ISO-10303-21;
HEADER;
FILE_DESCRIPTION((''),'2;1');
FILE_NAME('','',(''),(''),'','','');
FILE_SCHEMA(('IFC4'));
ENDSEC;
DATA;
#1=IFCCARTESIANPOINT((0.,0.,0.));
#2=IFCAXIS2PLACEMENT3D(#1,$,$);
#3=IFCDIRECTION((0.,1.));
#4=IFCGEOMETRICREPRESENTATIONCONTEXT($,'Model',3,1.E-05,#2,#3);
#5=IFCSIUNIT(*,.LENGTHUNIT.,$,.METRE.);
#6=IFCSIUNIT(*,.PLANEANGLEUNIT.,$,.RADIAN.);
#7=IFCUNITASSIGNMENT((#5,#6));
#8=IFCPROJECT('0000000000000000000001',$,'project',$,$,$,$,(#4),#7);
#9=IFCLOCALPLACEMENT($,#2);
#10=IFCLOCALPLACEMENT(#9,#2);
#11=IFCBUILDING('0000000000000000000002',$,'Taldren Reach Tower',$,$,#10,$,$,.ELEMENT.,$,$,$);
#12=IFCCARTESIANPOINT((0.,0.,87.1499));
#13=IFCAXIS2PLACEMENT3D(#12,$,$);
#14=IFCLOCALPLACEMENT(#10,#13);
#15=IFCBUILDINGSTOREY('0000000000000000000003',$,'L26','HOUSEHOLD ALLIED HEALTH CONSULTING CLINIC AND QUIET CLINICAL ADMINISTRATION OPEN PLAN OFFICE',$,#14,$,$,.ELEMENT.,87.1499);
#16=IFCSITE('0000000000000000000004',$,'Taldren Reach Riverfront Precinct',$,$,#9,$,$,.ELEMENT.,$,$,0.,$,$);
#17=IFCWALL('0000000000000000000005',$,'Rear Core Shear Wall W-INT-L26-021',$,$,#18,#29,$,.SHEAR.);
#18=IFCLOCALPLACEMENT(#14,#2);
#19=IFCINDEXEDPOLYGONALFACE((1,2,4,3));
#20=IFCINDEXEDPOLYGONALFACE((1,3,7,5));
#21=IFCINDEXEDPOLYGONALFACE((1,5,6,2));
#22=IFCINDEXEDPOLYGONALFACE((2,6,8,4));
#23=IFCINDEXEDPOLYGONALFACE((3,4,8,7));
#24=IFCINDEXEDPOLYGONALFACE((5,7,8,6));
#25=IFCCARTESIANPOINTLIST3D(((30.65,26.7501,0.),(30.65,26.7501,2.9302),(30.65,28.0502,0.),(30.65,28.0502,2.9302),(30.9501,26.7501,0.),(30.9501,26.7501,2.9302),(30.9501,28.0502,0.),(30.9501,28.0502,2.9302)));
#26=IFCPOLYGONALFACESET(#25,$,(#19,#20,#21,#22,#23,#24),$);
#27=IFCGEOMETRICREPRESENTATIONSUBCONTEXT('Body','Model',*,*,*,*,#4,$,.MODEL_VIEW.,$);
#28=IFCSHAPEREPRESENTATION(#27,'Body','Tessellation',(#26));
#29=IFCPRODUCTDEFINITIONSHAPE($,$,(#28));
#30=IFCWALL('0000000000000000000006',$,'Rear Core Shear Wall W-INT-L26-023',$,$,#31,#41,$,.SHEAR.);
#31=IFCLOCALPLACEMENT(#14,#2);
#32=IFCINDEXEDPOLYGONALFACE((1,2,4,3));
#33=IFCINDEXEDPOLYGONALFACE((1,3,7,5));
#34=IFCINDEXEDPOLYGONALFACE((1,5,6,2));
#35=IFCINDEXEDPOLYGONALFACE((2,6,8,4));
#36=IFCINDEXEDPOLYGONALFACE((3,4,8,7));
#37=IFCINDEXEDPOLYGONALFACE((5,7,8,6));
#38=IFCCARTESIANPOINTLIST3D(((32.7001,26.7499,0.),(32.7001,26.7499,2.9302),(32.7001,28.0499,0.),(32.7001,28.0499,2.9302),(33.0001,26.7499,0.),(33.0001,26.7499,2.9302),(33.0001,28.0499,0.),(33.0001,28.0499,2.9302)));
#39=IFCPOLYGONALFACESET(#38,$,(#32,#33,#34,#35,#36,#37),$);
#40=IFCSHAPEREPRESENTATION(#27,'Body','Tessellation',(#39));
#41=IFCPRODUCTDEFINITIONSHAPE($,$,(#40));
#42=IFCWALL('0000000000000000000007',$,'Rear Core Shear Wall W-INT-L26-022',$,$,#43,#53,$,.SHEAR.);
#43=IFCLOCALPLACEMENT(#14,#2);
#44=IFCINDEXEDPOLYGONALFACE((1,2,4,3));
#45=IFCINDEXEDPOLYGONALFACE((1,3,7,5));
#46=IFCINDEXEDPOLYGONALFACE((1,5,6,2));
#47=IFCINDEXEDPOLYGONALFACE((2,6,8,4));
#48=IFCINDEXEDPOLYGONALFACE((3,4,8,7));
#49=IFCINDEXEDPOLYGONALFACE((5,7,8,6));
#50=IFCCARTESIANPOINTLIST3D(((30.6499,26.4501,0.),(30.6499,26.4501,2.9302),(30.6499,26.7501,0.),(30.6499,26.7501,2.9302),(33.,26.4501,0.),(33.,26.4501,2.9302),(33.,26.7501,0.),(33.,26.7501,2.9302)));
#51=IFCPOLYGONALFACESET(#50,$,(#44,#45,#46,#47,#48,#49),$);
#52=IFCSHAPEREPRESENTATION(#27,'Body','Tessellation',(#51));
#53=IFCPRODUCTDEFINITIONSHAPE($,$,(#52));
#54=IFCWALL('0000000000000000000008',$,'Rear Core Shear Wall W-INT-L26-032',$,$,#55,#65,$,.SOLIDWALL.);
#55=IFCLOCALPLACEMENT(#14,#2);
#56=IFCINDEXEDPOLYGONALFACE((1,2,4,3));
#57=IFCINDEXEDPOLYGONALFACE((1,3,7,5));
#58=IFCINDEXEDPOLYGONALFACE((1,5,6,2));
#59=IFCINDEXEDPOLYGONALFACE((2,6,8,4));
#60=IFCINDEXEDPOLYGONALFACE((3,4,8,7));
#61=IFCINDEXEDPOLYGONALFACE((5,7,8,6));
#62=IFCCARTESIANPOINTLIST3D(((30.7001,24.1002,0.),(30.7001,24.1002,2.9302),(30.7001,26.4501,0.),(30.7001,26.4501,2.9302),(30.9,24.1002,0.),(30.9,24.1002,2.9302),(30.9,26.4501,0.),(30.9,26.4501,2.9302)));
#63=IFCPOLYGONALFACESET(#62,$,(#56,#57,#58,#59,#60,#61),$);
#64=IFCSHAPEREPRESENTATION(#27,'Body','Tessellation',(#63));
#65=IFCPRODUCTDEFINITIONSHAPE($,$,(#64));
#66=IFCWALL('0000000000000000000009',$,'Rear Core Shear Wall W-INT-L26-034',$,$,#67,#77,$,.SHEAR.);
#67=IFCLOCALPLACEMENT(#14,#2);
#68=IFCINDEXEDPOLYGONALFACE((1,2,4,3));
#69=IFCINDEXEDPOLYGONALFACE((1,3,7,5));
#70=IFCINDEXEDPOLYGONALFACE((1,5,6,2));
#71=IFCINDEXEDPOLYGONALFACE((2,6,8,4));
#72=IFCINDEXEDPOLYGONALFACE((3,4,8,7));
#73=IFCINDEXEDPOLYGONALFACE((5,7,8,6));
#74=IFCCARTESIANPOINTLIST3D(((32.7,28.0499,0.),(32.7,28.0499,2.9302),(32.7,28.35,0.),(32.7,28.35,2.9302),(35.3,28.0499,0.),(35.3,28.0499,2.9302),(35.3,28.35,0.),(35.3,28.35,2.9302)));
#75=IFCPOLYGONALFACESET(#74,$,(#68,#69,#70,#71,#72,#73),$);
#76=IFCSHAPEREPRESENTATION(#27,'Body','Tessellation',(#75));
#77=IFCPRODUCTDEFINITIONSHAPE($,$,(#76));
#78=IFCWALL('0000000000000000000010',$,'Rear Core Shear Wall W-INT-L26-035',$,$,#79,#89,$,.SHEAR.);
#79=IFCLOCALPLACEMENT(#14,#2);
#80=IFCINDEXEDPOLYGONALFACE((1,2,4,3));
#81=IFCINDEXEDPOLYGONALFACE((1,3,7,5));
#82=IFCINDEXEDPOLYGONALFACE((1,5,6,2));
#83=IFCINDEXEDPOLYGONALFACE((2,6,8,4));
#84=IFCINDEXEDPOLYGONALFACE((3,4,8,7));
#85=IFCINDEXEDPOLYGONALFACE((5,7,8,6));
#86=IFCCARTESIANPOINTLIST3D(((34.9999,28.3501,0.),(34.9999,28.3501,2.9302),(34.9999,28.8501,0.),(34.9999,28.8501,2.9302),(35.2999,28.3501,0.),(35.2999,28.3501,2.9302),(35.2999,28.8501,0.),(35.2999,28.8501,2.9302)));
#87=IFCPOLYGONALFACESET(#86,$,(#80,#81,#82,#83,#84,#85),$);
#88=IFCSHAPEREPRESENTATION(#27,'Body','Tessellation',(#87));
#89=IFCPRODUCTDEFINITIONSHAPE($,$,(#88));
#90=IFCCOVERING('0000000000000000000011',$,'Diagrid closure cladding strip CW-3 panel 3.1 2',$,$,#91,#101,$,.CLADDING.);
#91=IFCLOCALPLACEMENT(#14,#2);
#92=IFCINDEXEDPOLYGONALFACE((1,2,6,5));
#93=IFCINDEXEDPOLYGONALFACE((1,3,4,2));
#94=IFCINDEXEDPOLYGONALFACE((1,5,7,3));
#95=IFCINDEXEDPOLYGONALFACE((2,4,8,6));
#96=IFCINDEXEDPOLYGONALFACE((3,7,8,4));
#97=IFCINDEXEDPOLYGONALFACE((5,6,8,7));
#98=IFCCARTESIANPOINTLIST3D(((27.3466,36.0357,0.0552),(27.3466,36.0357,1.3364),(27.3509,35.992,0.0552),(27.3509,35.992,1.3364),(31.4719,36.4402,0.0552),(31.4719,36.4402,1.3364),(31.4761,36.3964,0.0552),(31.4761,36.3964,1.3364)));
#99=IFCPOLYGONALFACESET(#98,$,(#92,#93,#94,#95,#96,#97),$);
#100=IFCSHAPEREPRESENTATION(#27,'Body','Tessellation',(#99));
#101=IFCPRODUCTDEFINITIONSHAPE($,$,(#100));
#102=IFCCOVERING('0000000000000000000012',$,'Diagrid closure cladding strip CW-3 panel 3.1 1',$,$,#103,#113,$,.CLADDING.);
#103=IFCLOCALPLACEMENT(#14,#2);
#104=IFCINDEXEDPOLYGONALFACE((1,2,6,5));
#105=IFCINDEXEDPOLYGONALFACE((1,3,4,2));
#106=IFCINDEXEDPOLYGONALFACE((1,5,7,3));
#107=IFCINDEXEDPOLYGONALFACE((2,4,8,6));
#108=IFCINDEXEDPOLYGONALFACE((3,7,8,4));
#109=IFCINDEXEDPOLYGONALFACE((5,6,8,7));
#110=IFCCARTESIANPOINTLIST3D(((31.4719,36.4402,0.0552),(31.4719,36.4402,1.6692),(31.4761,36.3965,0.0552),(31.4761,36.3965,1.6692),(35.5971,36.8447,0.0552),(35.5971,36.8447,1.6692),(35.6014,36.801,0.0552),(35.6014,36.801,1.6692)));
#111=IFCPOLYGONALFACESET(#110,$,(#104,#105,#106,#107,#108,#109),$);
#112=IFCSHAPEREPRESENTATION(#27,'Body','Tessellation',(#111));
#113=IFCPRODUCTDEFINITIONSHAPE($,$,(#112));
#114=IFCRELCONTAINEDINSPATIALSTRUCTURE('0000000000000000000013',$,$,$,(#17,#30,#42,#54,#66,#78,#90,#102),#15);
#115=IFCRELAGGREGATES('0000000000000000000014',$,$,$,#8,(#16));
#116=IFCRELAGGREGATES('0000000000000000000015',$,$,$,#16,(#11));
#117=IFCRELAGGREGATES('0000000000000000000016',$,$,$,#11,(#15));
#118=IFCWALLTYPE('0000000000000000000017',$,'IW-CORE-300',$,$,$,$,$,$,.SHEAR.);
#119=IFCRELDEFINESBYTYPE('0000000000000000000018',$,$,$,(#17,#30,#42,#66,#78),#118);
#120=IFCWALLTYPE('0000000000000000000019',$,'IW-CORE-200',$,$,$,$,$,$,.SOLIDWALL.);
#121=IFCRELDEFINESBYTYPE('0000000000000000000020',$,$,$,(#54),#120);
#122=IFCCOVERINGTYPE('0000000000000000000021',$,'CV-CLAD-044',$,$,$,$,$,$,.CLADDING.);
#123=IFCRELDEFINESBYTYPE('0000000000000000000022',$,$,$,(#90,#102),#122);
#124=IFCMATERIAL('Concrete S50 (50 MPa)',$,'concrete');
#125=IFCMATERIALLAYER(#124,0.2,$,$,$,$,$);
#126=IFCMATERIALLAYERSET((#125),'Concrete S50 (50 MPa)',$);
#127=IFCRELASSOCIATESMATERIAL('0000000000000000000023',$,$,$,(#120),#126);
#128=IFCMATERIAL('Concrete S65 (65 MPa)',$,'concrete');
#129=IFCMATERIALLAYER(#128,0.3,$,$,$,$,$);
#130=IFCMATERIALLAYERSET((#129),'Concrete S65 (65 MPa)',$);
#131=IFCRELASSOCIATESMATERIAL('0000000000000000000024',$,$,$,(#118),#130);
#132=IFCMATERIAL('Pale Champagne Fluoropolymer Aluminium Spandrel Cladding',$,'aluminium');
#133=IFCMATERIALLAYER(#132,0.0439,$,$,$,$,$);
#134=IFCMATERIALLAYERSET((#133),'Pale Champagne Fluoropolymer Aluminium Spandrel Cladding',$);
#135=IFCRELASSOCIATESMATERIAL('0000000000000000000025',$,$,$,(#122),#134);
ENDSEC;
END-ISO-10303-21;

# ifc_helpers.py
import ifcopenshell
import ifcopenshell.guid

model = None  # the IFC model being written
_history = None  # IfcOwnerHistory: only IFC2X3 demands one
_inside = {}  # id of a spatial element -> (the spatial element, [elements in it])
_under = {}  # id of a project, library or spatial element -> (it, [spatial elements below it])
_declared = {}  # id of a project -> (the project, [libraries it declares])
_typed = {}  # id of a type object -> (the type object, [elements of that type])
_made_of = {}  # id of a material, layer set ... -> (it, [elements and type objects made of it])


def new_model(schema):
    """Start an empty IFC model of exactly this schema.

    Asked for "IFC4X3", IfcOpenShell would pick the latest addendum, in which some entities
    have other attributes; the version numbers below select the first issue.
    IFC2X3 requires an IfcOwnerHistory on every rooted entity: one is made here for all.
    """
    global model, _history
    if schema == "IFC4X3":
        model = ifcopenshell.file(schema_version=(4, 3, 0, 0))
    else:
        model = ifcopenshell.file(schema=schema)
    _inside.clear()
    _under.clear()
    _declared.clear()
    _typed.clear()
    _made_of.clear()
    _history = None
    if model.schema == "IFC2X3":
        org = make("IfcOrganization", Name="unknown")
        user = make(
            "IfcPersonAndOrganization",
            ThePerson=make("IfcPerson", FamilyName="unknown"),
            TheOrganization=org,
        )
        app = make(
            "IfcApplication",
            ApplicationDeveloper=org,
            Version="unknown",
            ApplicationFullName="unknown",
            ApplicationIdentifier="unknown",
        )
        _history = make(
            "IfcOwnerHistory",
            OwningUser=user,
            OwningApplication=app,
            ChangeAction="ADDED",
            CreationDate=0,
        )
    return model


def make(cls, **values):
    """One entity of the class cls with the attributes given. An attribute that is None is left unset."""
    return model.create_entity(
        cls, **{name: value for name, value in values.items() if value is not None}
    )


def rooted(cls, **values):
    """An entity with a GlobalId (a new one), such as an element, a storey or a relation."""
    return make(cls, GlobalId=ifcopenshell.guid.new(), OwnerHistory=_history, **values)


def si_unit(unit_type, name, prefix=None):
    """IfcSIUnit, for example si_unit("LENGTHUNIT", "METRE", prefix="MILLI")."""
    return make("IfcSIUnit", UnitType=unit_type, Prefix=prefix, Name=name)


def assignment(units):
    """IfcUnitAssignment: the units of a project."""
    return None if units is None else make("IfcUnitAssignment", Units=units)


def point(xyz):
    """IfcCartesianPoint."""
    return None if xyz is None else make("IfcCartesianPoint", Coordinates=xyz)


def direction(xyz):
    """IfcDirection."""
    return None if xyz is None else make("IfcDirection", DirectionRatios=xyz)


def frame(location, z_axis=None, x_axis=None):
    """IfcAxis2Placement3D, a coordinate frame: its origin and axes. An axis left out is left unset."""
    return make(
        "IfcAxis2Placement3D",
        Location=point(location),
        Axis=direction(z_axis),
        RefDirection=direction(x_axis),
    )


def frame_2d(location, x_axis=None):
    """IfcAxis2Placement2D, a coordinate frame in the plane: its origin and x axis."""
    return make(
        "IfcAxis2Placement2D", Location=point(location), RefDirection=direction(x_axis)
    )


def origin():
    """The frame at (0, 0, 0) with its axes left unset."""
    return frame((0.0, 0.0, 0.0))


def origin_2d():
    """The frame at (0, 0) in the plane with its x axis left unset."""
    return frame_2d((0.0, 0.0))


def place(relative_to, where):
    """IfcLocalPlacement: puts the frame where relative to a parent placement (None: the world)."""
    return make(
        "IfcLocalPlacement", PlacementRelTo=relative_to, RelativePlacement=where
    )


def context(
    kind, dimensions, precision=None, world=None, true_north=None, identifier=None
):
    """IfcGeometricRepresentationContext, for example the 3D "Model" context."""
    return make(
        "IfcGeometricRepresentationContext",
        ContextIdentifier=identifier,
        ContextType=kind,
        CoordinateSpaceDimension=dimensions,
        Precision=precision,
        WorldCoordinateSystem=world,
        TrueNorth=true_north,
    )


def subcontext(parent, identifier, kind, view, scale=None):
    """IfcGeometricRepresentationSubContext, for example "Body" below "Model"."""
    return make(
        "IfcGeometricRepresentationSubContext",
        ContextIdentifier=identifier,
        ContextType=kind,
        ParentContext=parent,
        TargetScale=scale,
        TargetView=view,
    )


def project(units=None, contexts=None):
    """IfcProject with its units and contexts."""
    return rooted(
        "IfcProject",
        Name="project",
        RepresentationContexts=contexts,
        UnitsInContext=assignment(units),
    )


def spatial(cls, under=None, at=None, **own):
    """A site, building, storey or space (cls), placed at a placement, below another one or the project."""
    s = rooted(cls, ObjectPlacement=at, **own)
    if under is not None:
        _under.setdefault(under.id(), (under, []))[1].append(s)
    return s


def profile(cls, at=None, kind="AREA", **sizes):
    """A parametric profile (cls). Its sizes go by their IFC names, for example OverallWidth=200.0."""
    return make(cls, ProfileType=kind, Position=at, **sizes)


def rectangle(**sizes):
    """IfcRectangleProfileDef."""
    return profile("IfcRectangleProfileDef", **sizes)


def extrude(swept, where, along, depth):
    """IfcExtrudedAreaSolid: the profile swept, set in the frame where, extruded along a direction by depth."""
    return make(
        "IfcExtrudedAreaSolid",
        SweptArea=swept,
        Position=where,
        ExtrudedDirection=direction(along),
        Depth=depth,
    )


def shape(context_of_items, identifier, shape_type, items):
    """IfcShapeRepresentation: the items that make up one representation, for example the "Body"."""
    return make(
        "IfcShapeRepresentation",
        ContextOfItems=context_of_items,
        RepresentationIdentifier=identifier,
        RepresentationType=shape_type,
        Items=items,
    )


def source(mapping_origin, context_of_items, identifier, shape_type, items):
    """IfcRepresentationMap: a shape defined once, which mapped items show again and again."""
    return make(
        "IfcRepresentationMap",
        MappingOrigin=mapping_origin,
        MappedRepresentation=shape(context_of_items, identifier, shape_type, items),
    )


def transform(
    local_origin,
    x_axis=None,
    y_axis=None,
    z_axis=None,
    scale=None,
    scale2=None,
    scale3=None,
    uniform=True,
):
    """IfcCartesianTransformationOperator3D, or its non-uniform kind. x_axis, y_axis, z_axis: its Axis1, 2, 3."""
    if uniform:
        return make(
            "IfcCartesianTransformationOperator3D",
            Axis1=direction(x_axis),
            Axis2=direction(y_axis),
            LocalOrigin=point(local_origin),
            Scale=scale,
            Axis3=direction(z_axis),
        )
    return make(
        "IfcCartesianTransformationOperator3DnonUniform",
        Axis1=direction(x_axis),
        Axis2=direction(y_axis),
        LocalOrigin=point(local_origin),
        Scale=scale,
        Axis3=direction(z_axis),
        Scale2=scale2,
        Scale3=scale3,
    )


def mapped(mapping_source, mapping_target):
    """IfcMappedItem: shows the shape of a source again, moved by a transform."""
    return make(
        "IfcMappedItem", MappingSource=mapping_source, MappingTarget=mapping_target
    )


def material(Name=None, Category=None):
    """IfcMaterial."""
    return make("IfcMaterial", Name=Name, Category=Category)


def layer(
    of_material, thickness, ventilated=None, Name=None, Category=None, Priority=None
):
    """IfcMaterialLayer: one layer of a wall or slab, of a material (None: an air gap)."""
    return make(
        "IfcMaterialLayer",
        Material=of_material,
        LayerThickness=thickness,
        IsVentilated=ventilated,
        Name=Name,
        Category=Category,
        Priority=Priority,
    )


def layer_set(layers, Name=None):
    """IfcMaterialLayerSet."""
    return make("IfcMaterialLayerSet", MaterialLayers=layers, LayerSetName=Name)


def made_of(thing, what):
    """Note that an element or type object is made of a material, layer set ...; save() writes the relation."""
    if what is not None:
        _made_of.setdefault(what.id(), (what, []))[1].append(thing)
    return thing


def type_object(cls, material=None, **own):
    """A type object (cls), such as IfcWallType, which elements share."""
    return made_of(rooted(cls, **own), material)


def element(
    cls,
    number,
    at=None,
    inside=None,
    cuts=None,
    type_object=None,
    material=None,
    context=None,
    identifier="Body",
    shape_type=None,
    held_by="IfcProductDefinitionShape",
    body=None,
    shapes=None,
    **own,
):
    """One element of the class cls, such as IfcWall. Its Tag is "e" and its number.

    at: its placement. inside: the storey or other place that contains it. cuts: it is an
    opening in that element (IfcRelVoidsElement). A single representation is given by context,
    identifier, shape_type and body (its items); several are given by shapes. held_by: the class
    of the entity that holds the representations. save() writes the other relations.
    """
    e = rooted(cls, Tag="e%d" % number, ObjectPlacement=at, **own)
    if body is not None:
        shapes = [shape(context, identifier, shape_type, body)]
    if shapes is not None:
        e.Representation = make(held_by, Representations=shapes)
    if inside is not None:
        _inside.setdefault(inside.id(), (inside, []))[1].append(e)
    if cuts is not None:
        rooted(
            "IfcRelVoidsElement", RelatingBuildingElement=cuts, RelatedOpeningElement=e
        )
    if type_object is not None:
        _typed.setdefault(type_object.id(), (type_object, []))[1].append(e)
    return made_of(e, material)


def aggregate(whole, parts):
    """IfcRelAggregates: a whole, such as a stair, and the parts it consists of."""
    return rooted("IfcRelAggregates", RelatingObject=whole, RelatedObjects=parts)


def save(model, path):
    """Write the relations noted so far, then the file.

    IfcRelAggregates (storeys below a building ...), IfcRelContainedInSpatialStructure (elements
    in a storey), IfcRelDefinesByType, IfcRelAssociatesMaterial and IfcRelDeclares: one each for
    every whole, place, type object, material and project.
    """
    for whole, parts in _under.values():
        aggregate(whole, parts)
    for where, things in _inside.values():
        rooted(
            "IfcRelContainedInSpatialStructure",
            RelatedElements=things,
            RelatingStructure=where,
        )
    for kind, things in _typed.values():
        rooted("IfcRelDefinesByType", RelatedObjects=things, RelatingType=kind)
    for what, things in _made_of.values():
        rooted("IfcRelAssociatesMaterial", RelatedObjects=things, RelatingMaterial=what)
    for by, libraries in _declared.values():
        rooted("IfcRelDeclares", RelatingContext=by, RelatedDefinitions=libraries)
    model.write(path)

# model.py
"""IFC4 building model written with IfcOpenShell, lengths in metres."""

from ifc_helpers import new_model, si_unit, direction, frame, frame_2d, origin, origin_2d, place, context, subcontext, project, spatial, rectangle, extrude, source, transform, mapped, material, layer, layer_set, type_object, element, save


model = new_model("IFC4")

# Units and contexts
model_context = context("Model", 3, precision=1e-05, world=origin(), true_north=direction((0.0, 1.0)))
body_context = subcontext(model_context, "Body", "Model", "MODEL_VIEW")
ifc_project = project(units=[si_unit("LENGTHUNIT", "METRE"), si_unit("PLANEANGLEUNIT", "RADIAN")], contexts=[model_context])

# Site, building, storey
site_placement = place(None, origin())
site = spatial("IfcSite", under=ifc_project, at=site_placement, Name="Taldren Reach Riverfront Precinct", CompositionType="ELEMENT", RefElevation=0.0)
building_placement = place(site_placement, origin())
building = spatial("IfcBuilding", under=site, at=building_placement, Name="Taldren Reach Tower", CompositionType="ELEMENT")
storey_placement = place(building_placement, frame((0.0, 0.0, 87.1499)))
storey = spatial("IfcBuildingStorey", under=building, at=storey_placement, Name="L26", Description="HOUSEHOLD ALLIED HEALTH CONSULTING CLINIC AND QUIET CLINICAL ADMINISTRATION OPEN PLAN OFFICE", CompositionType="ELEMENT", Elevation=87.1499)

# Shared definitions
ifc_material_1 = material(Name="Concrete S50 (50 MPa)", Category="concrete")
ifc_layer_1 = layer(ifc_material_1, 0.2)
ifc_layer_set_1 = layer_set([ifc_layer_1], Name="Concrete S50 (50 MPa)")
wall_type_1 = type_object("IfcWallType", Name="IW-CORE-200", PredefinedType="SOLIDWALL", material=ifc_layer_set_1)

# Walls
ifc_material_2 = material(Name="Concrete S65 (65 MPa)", Category="concrete")
ifc_layer_2 = layer(ifc_material_2, 0.3)
ifc_layer_set_2 = layer_set([ifc_layer_2], Name="Concrete S65 (65 MPa)")
wall_type_2 = type_object("IfcWallType", Name="IW-CORE-300", PredefinedType="SHEAR", material=ifc_layer_set_2)
shared_shape_1 = source(origin(), body_context, "Body", "SweptSolid", [
    extrude(rectangle(XDim=1.3, YDim=0.3, at=frame_2d((0.6499, 0.0))), origin(), (0.0, 0.0, 1.0), 2.9302),
])
for number, where, z_axis, x_axis, name in (
    (1, (30.8, 28.05, 0.0), (0.0, 0.0, 1.0), (0.0, -1.0, 0.0), "Rear Core Shear Wall W-INT-L26-021"),
    (2, (32.8501, 26.75, 0.0), (0.0, 0.0, 1.0), (0.0, 1.0, 0.0), "Rear Core Shear Wall W-INT-L26-023"),
):
    element("IfcWall", number, at=place(storey_placement, frame(where, z_axis=z_axis, x_axis=x_axis)), inside=storey, type_object=wall_type_2, Name=name, PredefinedType="SHEAR", context=body_context, shape_type="MappedRepresentation", body=[
        mapped(shared_shape_1, transform((0.0, 0.0, 0.0), scale=1.0)),
    ])
shared_shape_2 = source(origin(), body_context, "Body", "SweptSolid", [
    extrude(rectangle(XDim=2.3501, YDim=0.3, at=frame_2d((1.175, 0.0))), origin(), (0.0, 0.0, 1.0), 2.9302),
])
wall_1_placement = place(storey_placement, frame((30.6499, 26.6001, 0.0), z_axis=(0.0, 0.0, 1.0), x_axis=(1.0, 0.0, 0.0)))
element("IfcWall", 3, at=wall_1_placement, inside=storey, type_object=wall_type_2, Name="Rear Core Shear Wall W-INT-L26-022", PredefinedType="SHEAR", context=body_context, shape_type="MappedRepresentation", body=[
    mapped(shared_shape_2, transform((0.0, 0.0, 0.0), scale=1.0)),
])

# Walls
shared_shape_3 = source(origin(), body_context, "Body", "SweptSolid", [
    extrude(rectangle(XDim=2.3499, YDim=0.2, at=frame_2d((1.1748, 0.0))), origin(), (0.0, 0.0, 1.0), 2.9302),
])
wall_2_placement = place(storey_placement, frame((30.8, 26.45, 0.0), z_axis=(0.0, 0.0, 1.0), x_axis=(0.0, -1.0, 0.0)))
element("IfcWall", 4, at=wall_2_placement, inside=storey, type_object=wall_type_1, Name="Rear Core Shear Wall W-INT-L26-032", PredefinedType="SOLIDWALL", context=body_context, shape_type="MappedRepresentation", body=[
    mapped(shared_shape_3, transform((0.0, 0.0, 0.0), scale=1.0)),
])
shared_shape_4 = source(origin(), body_context, "Body", "SweptSolid", [
    extrude(rectangle(XDim=2.6001, YDim=0.3, at=frame_2d((1.3, 0.0))), origin(), (0.0, 0.0, 1.0), 2.9302),
])
wall_3_placement = place(storey_placement, frame((32.7, 28.2, 0.0), z_axis=(0.0, 0.0, 1.0), x_axis=(1.0, 0.0, 0.0)))
element("IfcWall", 5, at=wall_3_placement, inside=storey, type_object=wall_type_2, Name="Rear Core Shear Wall W-INT-L26-034", PredefinedType="SHEAR", context=body_context, shape_type="MappedRepresentation", body=[
    mapped(shared_shape_4, transform((0.0, 0.0, 0.0), scale=1.0)),
])
shared_shape_5 = source(origin(), body_context, "Body", "SweptSolid", [
    extrude(rectangle(XDim=0.5, YDim=0.3, at=frame_2d((0.25, 0.0))), origin(), (0.0, 0.0, 1.0), 2.9302),
])
wall_4_placement = place(storey_placement, frame((35.1499, 28.3501, 0.0), z_axis=(0.0, 0.0, 1.0), x_axis=(0.0, 1.0, 0.0)))
element("IfcWall", 6, at=wall_4_placement, inside=storey, type_object=wall_type_2, Name="Rear Core Shear Wall W-INT-L26-035", PredefinedType="SHEAR", context=body_context, shape_type="MappedRepresentation", body=[
    mapped(shared_shape_5, transform((0.0, 0.0, 0.0), scale=1.0)),
])

# Coverings
ifc_material_3 = material(Name="Pale Champagne Fluoropolymer Aluminium Spandrel Cladding", Category="aluminium")
ifc_layer_3 = layer(ifc_material_3, 0.0439)
ifc_layer_set_3 = layer_set([ifc_layer_3], Name="Pale Champagne Fluoropolymer Aluminium Spandrel Cladding")
covering_type = type_object("IfcCoveringType", Name="CV-CLAD-044", PredefinedType="CLADDING", material=ifc_layer_set_3)
shared_shape_6 = source(origin(), body_context, "Body", "SweptSolid", [
    extrude(rectangle(XDim=4.145, YDim=0.0439, at=origin_2d()), origin(), (0.0, 0.0, 1.0), 1.2812),
])
covering_1_placement = place(storey_placement, frame((29.4114, 36.2161, 0.0552), z_axis=(0.0, 0.0, 1.0), x_axis=(-0.995227, -0.097583, 0.0)))
element("IfcCovering", 7, at=covering_1_placement, inside=storey, type_object=covering_type, Name="Diagrid closure cladding strip CW-3 panel 3.1 2", PredefinedType="CLADDING", context=body_context, shape_type="MappedRepresentation", body=[
    mapped(shared_shape_6, transform((0.0, 0.0, 0.0), scale=1.0)),
])
shared_shape_7 = source(origin(), body_context, "Body", "SweptSolid", [
    extrude(rectangle(XDim=4.145, YDim=0.0439, at=origin_2d()), origin(), (0.0, 0.0, 1.0), 1.614),
])
covering_2_placement = place(storey_placement, frame((33.5366, 36.6206, 0.0552), z_axis=(0.0, 0.0, 1.0), x_axis=(-0.995227, -0.097583, 0.0)))
element("IfcCovering", 8, at=covering_2_placement, inside=storey, type_object=covering_type, Name="Diagrid closure cladding strip CW-3 panel 3.1 1", PredefinedType="CLADDING", context=body_context, shape_type="MappedRepresentation", body=[
    mapped(shared_shape_7, transform((0.0, 0.0, 0.0), scale=1.0)),
])

save(model, "model.ifc")
